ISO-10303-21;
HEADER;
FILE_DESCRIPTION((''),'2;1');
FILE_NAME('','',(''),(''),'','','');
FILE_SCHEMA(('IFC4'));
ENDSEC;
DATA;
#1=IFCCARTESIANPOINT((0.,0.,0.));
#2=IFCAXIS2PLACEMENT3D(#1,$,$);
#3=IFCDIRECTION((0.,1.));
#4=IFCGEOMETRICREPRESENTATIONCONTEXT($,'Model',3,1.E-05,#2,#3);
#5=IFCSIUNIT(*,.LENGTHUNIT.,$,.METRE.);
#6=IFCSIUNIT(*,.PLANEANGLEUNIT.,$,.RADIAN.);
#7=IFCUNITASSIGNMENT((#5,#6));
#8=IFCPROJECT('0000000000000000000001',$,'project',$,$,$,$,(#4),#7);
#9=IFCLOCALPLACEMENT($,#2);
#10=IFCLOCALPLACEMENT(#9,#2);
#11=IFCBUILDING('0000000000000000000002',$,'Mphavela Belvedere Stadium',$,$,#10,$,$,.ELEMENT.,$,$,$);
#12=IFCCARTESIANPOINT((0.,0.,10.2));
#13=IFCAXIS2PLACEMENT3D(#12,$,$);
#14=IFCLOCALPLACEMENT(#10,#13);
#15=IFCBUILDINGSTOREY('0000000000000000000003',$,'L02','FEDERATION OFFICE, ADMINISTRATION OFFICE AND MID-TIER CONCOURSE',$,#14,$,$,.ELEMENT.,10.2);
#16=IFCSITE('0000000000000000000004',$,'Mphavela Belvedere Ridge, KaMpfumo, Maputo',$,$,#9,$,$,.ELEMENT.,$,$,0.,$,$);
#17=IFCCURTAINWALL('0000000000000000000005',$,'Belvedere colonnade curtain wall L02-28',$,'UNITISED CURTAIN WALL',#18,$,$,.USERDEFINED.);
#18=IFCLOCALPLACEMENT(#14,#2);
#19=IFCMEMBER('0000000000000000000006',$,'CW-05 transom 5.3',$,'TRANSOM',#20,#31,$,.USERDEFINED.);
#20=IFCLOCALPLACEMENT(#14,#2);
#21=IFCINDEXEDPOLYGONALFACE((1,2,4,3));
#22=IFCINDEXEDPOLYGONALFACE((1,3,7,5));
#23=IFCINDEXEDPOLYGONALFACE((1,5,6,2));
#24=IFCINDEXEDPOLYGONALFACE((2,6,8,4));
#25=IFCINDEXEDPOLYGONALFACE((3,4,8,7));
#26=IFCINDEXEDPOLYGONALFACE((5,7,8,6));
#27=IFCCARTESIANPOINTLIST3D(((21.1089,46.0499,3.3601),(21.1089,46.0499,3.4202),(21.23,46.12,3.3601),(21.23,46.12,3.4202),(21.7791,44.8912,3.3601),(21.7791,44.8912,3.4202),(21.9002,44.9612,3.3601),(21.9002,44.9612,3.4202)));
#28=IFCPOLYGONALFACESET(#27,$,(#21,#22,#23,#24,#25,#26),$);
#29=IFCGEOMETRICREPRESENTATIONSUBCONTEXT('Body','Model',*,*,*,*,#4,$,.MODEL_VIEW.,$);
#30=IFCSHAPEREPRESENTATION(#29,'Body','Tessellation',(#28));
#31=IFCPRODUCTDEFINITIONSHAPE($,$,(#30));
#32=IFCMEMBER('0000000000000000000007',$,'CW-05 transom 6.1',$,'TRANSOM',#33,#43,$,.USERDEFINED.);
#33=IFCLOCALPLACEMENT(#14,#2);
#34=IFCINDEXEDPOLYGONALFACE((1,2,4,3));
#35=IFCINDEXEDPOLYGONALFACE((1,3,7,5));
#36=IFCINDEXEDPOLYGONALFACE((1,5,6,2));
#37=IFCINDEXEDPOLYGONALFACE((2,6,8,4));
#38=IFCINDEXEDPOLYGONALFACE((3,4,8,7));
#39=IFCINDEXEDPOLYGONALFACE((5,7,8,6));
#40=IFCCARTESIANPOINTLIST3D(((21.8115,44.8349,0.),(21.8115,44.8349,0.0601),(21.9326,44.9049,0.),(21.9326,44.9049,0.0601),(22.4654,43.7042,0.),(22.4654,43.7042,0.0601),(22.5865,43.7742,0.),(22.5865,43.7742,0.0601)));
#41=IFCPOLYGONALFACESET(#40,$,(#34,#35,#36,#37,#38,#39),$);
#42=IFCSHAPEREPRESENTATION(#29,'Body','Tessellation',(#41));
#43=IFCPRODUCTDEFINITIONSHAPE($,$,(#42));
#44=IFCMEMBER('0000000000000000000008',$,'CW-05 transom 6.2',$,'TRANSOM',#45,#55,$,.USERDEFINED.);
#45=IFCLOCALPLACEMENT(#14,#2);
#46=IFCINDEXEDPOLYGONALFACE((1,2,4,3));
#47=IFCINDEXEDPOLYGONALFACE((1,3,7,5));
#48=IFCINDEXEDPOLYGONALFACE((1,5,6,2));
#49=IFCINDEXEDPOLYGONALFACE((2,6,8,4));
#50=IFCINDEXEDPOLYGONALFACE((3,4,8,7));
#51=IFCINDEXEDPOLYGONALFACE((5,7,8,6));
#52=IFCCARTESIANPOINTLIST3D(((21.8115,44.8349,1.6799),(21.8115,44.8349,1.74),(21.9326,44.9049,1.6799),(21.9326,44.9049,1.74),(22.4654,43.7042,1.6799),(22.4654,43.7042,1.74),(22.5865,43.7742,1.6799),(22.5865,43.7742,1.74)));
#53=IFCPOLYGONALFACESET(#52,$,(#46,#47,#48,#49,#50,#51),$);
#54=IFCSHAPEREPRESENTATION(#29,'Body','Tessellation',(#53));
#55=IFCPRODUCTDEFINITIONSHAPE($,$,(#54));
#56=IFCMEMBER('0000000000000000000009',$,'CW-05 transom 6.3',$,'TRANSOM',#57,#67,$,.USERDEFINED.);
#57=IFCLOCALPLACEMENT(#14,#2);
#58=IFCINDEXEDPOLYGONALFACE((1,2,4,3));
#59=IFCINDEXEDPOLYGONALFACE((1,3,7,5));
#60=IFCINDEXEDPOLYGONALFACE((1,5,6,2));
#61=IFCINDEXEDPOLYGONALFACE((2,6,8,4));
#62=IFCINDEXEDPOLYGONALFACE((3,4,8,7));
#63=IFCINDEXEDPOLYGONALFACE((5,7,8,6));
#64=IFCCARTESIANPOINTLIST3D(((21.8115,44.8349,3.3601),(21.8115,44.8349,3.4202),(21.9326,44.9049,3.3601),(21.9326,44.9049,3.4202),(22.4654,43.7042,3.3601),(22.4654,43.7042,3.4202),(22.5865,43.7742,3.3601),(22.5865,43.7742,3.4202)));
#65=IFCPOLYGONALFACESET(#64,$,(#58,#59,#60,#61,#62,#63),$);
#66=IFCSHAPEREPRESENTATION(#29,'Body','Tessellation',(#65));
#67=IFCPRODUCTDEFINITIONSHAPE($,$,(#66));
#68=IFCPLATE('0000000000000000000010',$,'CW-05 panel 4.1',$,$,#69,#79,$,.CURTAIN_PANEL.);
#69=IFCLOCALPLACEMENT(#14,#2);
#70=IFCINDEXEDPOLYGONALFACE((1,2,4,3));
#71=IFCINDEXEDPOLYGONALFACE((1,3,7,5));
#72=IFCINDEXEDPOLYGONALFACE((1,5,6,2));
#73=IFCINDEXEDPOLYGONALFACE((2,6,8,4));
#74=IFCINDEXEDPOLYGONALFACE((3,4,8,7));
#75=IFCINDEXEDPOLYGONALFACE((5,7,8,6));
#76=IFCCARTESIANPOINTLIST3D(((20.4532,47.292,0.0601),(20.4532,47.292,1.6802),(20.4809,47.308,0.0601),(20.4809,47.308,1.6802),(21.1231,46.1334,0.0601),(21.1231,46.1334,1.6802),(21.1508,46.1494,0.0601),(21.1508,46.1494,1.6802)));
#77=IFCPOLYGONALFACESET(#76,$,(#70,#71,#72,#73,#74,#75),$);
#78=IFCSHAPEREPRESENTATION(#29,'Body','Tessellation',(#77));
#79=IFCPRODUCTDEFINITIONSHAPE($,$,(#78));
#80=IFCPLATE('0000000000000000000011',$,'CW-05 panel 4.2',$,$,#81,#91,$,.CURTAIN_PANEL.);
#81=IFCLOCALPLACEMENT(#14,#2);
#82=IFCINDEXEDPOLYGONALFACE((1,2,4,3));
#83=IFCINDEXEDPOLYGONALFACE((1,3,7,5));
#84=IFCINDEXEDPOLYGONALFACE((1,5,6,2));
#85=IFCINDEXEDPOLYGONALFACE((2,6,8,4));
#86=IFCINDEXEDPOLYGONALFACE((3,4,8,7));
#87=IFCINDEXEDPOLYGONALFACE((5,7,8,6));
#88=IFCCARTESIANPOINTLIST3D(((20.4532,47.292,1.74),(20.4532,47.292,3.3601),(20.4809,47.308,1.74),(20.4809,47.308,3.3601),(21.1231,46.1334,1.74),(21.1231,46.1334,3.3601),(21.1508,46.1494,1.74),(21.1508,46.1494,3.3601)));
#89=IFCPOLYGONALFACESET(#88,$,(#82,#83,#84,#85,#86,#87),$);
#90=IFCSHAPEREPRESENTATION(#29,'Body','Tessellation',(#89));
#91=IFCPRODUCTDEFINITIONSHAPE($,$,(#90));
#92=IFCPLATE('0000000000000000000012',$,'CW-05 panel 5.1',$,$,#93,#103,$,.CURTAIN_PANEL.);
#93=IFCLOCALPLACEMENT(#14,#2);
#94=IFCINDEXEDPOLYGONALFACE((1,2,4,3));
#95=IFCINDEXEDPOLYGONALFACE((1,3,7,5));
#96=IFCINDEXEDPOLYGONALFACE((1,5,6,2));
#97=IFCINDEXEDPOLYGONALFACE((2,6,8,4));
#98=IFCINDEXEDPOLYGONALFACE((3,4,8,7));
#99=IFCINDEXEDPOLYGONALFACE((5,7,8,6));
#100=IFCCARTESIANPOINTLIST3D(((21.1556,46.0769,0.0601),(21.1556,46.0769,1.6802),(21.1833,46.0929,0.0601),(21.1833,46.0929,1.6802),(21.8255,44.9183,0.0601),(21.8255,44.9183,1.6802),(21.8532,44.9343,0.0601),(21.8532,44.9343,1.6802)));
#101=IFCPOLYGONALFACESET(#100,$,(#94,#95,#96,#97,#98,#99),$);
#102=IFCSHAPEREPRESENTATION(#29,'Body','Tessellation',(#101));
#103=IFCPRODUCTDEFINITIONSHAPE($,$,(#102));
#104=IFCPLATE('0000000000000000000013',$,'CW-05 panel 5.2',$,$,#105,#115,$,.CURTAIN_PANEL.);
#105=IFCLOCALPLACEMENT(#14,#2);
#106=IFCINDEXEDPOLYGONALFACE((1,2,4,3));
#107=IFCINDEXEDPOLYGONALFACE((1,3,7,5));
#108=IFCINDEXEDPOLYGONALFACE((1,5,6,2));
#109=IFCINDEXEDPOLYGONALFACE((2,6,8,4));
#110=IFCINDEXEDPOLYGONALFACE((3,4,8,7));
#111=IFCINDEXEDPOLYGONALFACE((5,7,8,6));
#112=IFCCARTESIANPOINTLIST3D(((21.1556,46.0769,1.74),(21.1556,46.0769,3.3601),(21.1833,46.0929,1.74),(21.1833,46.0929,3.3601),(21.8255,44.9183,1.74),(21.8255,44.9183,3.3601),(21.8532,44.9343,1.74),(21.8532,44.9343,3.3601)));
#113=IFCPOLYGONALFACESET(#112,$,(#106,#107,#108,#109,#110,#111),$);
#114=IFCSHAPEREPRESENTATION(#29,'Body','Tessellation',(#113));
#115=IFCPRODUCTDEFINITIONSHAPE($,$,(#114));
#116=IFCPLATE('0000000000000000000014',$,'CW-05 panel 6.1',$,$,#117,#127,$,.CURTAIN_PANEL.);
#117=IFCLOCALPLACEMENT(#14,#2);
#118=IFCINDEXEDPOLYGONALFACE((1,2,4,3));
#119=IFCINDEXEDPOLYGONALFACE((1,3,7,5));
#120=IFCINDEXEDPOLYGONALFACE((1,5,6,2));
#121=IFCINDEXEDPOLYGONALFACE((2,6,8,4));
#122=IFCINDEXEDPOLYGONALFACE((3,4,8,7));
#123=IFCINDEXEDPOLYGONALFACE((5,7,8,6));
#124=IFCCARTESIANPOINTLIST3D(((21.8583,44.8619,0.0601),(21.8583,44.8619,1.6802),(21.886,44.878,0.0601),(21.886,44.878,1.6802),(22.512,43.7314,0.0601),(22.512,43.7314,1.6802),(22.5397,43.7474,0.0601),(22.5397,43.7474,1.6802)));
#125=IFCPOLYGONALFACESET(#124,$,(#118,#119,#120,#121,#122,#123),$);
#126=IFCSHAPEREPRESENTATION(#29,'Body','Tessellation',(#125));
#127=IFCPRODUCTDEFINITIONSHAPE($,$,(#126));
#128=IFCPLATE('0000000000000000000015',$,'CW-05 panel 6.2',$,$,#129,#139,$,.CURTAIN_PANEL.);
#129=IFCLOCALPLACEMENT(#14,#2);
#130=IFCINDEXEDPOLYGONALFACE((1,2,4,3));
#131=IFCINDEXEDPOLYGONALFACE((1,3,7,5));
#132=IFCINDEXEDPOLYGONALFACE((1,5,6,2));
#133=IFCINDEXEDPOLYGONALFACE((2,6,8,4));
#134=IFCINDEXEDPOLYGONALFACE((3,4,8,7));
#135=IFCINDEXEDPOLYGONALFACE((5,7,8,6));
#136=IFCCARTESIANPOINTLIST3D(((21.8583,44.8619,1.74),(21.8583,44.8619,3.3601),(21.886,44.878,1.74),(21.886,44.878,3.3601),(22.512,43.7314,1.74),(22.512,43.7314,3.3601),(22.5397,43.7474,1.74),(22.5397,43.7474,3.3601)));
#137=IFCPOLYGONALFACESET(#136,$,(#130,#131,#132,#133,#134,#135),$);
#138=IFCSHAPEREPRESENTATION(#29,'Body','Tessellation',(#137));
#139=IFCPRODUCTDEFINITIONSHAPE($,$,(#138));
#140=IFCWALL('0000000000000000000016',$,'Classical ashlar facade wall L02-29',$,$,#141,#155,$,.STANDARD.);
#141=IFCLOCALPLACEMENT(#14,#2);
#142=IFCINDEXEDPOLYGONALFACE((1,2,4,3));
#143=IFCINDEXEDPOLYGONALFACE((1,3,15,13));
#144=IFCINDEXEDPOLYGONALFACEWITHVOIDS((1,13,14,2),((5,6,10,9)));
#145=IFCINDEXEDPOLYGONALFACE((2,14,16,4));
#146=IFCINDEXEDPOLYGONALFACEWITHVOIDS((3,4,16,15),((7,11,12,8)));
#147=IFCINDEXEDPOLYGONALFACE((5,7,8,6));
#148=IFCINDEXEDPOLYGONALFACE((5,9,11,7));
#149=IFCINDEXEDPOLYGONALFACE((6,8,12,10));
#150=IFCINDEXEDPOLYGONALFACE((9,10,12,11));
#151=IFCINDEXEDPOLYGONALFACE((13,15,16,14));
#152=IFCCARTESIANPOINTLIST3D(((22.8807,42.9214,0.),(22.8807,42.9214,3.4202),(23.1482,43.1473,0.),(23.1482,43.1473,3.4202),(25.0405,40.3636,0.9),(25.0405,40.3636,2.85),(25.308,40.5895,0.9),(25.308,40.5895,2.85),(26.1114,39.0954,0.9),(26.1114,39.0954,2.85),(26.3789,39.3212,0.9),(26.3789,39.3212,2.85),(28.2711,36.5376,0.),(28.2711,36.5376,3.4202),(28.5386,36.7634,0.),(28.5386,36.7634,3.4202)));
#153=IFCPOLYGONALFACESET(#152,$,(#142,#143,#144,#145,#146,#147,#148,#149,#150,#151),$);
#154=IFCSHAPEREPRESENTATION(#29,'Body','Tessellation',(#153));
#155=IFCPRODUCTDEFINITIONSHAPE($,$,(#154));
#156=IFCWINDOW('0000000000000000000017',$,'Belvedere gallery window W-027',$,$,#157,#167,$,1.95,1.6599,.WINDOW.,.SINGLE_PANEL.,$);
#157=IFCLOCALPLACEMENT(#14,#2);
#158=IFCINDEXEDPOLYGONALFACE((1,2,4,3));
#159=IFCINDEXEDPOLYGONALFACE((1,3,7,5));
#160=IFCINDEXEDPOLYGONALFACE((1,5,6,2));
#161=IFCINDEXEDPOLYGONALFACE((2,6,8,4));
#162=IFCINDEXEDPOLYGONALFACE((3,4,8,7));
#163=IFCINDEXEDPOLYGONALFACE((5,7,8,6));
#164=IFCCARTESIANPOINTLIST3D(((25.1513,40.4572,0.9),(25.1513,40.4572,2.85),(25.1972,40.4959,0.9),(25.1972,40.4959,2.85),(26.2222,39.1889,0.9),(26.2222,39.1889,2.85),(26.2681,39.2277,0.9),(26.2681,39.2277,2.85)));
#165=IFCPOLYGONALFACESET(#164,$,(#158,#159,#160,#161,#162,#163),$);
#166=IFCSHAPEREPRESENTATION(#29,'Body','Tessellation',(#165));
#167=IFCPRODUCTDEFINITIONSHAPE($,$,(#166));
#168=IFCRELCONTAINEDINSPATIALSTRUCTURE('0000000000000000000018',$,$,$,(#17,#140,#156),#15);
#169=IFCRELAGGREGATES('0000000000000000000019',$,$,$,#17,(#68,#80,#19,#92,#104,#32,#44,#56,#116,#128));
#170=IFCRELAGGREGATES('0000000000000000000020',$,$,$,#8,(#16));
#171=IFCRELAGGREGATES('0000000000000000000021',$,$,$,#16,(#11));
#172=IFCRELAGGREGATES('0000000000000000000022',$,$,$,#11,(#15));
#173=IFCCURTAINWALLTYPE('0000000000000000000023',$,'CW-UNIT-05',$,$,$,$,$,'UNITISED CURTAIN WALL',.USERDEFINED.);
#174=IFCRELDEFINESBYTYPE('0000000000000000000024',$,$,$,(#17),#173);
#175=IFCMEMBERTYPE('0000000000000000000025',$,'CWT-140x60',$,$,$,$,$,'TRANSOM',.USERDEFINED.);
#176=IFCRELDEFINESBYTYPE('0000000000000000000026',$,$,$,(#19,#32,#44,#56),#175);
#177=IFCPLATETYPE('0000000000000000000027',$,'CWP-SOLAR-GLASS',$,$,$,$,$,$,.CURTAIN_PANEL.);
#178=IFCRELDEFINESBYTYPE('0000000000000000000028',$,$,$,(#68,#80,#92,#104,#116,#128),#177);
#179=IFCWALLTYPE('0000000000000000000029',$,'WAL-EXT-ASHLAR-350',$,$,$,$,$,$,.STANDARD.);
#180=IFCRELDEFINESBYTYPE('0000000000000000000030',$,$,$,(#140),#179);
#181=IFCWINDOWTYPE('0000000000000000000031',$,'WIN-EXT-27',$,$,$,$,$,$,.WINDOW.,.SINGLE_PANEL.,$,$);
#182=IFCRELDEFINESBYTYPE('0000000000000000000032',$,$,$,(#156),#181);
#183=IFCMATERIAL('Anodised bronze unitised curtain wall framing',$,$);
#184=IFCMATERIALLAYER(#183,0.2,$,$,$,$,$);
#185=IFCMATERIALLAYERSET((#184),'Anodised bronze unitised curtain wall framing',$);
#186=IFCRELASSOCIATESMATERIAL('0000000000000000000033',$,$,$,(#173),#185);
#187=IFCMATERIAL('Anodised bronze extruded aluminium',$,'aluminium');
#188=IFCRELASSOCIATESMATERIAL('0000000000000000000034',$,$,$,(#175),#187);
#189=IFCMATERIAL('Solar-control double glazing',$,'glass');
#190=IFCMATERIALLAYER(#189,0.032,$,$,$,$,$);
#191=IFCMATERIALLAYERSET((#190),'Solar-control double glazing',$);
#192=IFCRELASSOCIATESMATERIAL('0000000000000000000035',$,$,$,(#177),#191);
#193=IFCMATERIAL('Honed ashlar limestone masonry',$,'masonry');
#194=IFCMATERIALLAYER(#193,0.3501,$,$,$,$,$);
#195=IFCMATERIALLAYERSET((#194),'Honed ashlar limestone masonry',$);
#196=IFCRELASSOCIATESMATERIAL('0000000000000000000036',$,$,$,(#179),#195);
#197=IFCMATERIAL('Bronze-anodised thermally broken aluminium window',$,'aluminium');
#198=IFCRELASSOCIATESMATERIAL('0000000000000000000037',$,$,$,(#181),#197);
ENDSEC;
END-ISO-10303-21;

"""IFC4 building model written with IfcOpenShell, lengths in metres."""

from ifc_helpers import new_model, si_unit, direction, frame, frame_2d, origin, origin_2d, place, context, subcontext, project, spatial, rectangle, extrude, material, layer, layer_set, material_profile, profile_set, type_object, element, fill, aggregate, save


model = new_model("IFC4")

# Units and contexts
model_context = context("Model", 3, precision=1e-05, world=origin(), true_north=direction((0.0, 1.0)))
body_context = subcontext(model_context, "Body", "Model", "MODEL_VIEW")
ifc_project = project(units=[si_unit("LENGTHUNIT", "METRE"), si_unit("PLANEANGLEUNIT", "RADIAN")], contexts=[model_context])

# Site, building, storey
site_placement = place(None, origin())
site = spatial("IfcSite", under=ifc_project, at=site_placement, Name="Mphavela Belvedere Ridge, KaMpfumo, Maputo", CompositionType="ELEMENT", RefElevation=0.0)
building_placement = place(site_placement, origin())
building = spatial("IfcBuilding", under=site, at=building_placement, Name="Mphavela Belvedere Stadium", CompositionType="ELEMENT")
storey_placement = place(building_placement, frame((0.0, 0.0, 10.2)))
storey = spatial("IfcBuildingStorey", under=building, at=storey_placement, Name="L02", Description="FEDERATION OFFICE, ADMINISTRATION OFFICE AND MID-TIER CONCOURSE", CompositionType="ELEMENT", Elevation=10.2)

# Curtain wall, members, plates
ifc_material_1 = material(Name="Anodised bronze unitised curtain wall framing")
ifc_layer_1 = layer(ifc_material_1, 0.2)
ifc_layer_set_1 = layer_set([ifc_layer_1], Name="Anodised bronze unitised curtain wall framing")
curtain_wall_type = type_object("IfcCurtainWallType", Name="CW-UNIT-05", ElementType="UNITISED CURTAIN WALL", PredefinedType="USERDEFINED", material=ifc_layer_set_1)
curtain_wall_placement = place(storey_placement, origin())
curtain_wall = element("IfcCurtainWall", 1, at=curtain_wall_placement, inside=storey, type_object=curtain_wall_type, Name="Belvedere colonnade curtain wall L02-28", ObjectType="UNITISED CURTAIN WALL", PredefinedType="USERDEFINED")
ifc_material_2 = material(Name="Anodised bronze extruded aluminium", Category="aluminium")
ifc_material_profile_1 = material_profile(ifc_material_2, rectangle(XDim=0.1399, YDim=0.0601, at=origin_2d()), Name="CW-TRN 140x60")
ifc_profile_set_1 = profile_set([ifc_material_profile_1], Name="Anodised bronze extruded aluminium")
member_type_1 = type_object("IfcMemberType", Name="CWT-140x60", ElementType="TRANSOM", PredefinedType="USERDEFINED", material=ifc_profile_set_1)
member_1_placement = place(storey_placement, frame((21.1694, 46.085, 3.3901), z_axis=(0.50067, -0.865638, 0.0), x_axis=(0.865638, 0.50067, 0.0)))
member_1 = element("IfcMember", 2, at=member_1_placement, type_object=member_type_1, Name="CW-05 transom 5.3", ObjectType="TRANSOM", PredefinedType="USERDEFINED", context=body_context, shape_type="SweptSolid", body=[
    extrude(rectangle(XDim=0.1399, YDim=0.0601, at=origin_2d()), origin(), (0.0, 0.0, 1.0), 1.3386),
])
member_2_placement = place(storey_placement, frame((21.8721, 44.8699, 0.03), z_axis=(0.500601, -0.865678, 0.0), x_axis=(0.865678, 0.500601, 0.0)))
member_2 = element("IfcMember", 3, at=member_2_placement, type_object=member_type_1, Name="CW-05 transom 6.1", ObjectType="TRANSOM", PredefinedType="USERDEFINED", context=body_context, shape_type="SweptSolid", body=[
    extrude(rectangle(XDim=0.1399, YDim=0.0601, at=origin_2d()), origin(), (0.0, 0.0, 1.0), 1.3062),
])
member_3_placement = place(storey_placement, frame((21.8721, 44.8699, 1.71), z_axis=(0.500601, -0.865678, 0.0), x_axis=(0.865678, 0.500601, 0.0)))
member_3 = element("IfcMember", 4, at=member_3_placement, type_object=member_type_1, Name="CW-05 transom 6.2", ObjectType="TRANSOM", PredefinedType="USERDEFINED", context=body_context, shape_type="SweptSolid", body=[
    extrude(rectangle(XDim=0.1399, YDim=0.0601, at=origin_2d()), origin(), (0.0, 0.0, 1.0), 1.3062),
])
member_4_placement = place(storey_placement, frame((21.8721, 44.8699, 3.3901), z_axis=(0.500601, -0.865678, 0.0), x_axis=(0.865678, 0.500601, 0.0)))
member_4 = element("IfcMember", 5, at=member_4_placement, type_object=member_type_1, Name="CW-05 transom 6.3", ObjectType="TRANSOM", PredefinedType="USERDEFINED", context=body_context, shape_type="SweptSolid", body=[
    extrude(rectangle(XDim=0.1399, YDim=0.0601, at=origin_2d()), origin(), (0.0, 0.0, 1.0), 1.3062),
])
ifc_material_3 = material(Name="Solar-control double glazing", Category="glass")
ifc_layer_2 = layer(ifc_material_3, 0.032)
ifc_layer_set_2 = layer_set([ifc_layer_2], Name="Solar-control double glazing")
plate_type = type_object("IfcPlateType", Name="CWP-SOLAR-GLASS", PredefinedType="CURTAIN_PANEL", material=ifc_layer_set_2)
plate_1_placement = place(storey_placement, frame((20.802, 46.7207, 0.0601), z_axis=(0.0, 0.0, 1.0), x_axis=(0.500562, -0.8657, 0.0)))
plate_1 = element("IfcPlate", 6, at=plate_1_placement, type_object=plate_type, Name="CW-05 panel 4.1", PredefinedType="CURTAIN_PANEL", context=body_context, shape_type="SweptSolid", body=[
    extrude(rectangle(XDim=1.3384, YDim=0.032, at=origin_2d()), origin(), (0.0, 0.0, 1.0), 1.6201),
])
plate_2_placement = place(storey_placement, frame((20.802, 46.7207, 1.74), z_axis=(0.0, 0.0, 1.0), x_axis=(0.500562, -0.8657, 0.0)))
plate_2 = element("IfcPlate", 7, at=plate_2_placement, type_object=plate_type, Name="CW-05 panel 4.2", PredefinedType="CURTAIN_PANEL", context=body_context, shape_type="SweptSolid", body=[
    extrude(rectangle(XDim=1.3384, YDim=0.032, at=origin_2d()), origin(), (0.0, 0.0, 1.0), 1.6201),
])
plate_3_placement = place(storey_placement, frame((21.5044, 45.5056, 0.0601), z_axis=(0.0, 0.0, 1.0), x_axis=(0.500562, -0.8657, 0.0)))
plate_3 = element("IfcPlate", 8, at=plate_3_placement, type_object=plate_type, Name="CW-05 panel 5.1", PredefinedType="CURTAIN_PANEL", context=body_context, shape_type="SweptSolid", body=[
    extrude(rectangle(XDim=1.3384, YDim=0.032, at=origin_2d()), origin(), (0.0, 0.0, 1.0), 1.6201),
])
plate_4_placement = place(storey_placement, frame((21.5044, 45.5056, 1.74), z_axis=(0.0, 0.0, 1.0), x_axis=(0.500562, -0.8657, 0.0)))
plate_4 = element("IfcPlate", 9, at=plate_4_placement, type_object=plate_type, Name="CW-05 panel 5.2", PredefinedType="CURTAIN_PANEL", context=body_context, shape_type="SweptSolid", body=[
    extrude(rectangle(XDim=1.3384, YDim=0.032, at=origin_2d()), origin(), (0.0, 0.0, 1.0), 1.6201),
])
plate_5_placement = place(storey_placement, frame((22.199, 44.3047, 0.0601), z_axis=(0.0, 0.0, 1.0), x_axis=(0.500562, -0.8657, 0.0)))
plate_5 = element("IfcPlate", 10, at=plate_5_placement, type_object=plate_type, Name="CW-05 panel 6.1", PredefinedType="CURTAIN_PANEL", context=body_context, shape_type="SweptSolid", body=[
    extrude(rectangle(XDim=1.3059, YDim=0.032, at=origin_2d()), origin(), (0.0, 0.0, 1.0), 1.6201),
])
plate_6_placement = place(storey_placement, frame((22.199, 44.3047, 1.74), z_axis=(0.0, 0.0, 1.0), x_axis=(0.500562, -0.8657, 0.0)))
plate_6 = element("IfcPlate", 11, at=plate_6_placement, type_object=plate_type, Name="CW-05 panel 6.2", PredefinedType="CURTAIN_PANEL", context=body_context, shape_type="SweptSolid", body=[
    extrude(rectangle(XDim=1.3059, YDim=0.032, at=origin_2d()), origin(), (0.0, 0.0, 1.0), 1.6201),
])
aggregate(curtain_wall, [plate_1, plate_2, member_1, plate_3, plate_4, member_2, member_3, member_4, plate_5, plate_6])

# Wall, opening, window
ifc_material_4 = material(Name="Honed ashlar limestone masonry", Category="masonry")
ifc_layer_3 = layer(ifc_material_4, 0.3501)
ifc_layer_set_3 = layer_set([ifc_layer_3], Name="Honed ashlar limestone masonry")
wall_type_1 = type_object("IfcWallType", Name="WAL-EXT-ASHLAR-350", PredefinedType="STANDARD", material=ifc_layer_set_3)
wall_1_placement = place(storey_placement, frame((23.0144, 43.0344, 0.0), z_axis=(0.0, 0.0, 1.0), x_axis=(0.645155, -0.764052, 0.0)))
wall_1 = element("IfcWall", 12, at=wall_1_placement, inside=storey, type_object=wall_type_1, Name="Classical ashlar facade wall L02-29", PredefinedType="STANDARD", context=body_context, shape_type="SweptSolid", body=[
    extrude(rectangle(XDim=8.3552, YDim=0.3501, at=frame_2d((4.1777, 0.0))), origin(), (0.0, 0.0, 1.0), 3.4202),
])
opening_1_placement = place(wall_1_placement, frame((3.3477, 0.0, 0.8999)))
opening_1 = element("IfcOpeningElement", 13, at=opening_1_placement, cuts=wall_1, PredefinedType="OPENING", context=body_context, shape_type="SweptSolid", body=[
    extrude(rectangle(XDim=1.6599, YDim=1.95, at=frame_2d((0.8301, 0.9751))), frame((0.0, 0.1851, 0.0), z_axis=(0.0, -1.0, 0.0), x_axis=(1.0, 0.0, 0.0)), (0.0, 0.0, 1.0), 0.3701),
])
ifc_material_5 = material(Name="Bronze-anodised thermally broken aluminium window", Category="aluminium")
window_type = type_object("IfcWindowType", Name="WIN-EXT-27", PartitioningType="SINGLE_PANEL", PredefinedType="WINDOW", material=ifc_material_5)
window_placement = place(opening_1_placement, origin())
window = element("IfcWindow", 14, at=window_placement, inside=storey, type_object=window_type, Name="Belvedere gallery window W-027", OverallHeight=1.95, OverallWidth=1.6599, PartitioningType="SINGLE_PANEL", PredefinedType="WINDOW", context=body_context, shape_type="SweptSolid", body=[
    extrude(rectangle(XDim=1.6599, YDim=1.95, at=frame_2d((0.8301, 0.9751))), frame((0.0, 0.03, 0.0), z_axis=(0.0, -1.0, 0.0), x_axis=(1.0, 0.0, 0.0)), (0.0, 0.0, 1.0), 0.0601),
])
fill(opening_1, window)

save(model, "model.ifc")
